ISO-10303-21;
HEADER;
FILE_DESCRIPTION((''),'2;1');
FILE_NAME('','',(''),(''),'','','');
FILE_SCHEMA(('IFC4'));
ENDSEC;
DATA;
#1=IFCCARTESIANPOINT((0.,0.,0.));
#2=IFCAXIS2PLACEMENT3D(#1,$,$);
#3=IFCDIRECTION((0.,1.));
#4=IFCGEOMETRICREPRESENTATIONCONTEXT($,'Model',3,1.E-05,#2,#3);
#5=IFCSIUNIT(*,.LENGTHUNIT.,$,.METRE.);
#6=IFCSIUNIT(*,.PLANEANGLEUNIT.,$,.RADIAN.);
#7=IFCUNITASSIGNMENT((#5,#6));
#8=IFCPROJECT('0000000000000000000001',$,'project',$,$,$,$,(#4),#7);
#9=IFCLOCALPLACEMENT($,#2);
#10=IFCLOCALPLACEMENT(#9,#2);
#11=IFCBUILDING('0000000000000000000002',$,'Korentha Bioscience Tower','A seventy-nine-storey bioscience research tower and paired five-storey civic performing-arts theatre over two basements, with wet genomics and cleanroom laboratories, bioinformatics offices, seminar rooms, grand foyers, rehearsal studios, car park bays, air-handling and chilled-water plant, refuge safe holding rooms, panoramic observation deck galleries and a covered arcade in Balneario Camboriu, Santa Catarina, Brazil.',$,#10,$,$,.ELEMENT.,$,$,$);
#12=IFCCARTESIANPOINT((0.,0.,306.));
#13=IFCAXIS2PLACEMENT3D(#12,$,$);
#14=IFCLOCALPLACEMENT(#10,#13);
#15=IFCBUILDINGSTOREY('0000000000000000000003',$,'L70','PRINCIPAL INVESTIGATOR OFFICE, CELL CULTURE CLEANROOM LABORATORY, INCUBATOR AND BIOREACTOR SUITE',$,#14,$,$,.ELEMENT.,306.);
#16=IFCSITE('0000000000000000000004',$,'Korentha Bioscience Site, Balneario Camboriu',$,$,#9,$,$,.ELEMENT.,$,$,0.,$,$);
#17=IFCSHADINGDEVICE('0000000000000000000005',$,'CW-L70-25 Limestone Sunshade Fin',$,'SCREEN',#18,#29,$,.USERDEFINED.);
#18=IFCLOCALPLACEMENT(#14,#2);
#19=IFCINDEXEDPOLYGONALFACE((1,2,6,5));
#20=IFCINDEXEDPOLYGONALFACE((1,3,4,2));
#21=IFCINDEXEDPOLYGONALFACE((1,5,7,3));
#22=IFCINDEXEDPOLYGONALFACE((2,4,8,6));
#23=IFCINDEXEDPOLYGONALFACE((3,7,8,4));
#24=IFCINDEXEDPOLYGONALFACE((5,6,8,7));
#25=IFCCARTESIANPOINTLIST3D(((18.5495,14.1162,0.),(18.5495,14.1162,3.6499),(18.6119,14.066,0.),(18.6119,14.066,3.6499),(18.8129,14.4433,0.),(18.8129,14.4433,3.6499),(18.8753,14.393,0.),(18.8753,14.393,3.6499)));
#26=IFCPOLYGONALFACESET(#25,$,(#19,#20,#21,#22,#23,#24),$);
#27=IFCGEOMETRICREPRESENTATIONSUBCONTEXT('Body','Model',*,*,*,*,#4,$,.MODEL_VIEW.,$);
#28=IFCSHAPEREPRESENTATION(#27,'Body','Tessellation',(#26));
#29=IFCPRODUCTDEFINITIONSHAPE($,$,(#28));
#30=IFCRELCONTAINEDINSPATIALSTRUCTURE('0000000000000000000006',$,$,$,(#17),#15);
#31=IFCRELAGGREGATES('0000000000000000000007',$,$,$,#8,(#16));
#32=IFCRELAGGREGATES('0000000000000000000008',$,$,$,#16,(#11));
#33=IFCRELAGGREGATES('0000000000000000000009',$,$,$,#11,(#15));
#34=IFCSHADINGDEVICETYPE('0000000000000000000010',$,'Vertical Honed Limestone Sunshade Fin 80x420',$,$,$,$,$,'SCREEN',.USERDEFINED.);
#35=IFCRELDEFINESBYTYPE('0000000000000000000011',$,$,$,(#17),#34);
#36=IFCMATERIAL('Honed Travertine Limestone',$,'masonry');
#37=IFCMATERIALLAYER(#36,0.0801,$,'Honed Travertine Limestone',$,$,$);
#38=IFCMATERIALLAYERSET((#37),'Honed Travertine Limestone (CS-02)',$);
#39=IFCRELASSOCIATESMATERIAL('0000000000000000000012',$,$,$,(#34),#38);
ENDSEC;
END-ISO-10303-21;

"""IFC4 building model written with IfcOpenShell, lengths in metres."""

from ifc_helpers import new_model, si_unit, direction, frame, origin, origin_2d, place, context, subcontext, project, spatial, rectangle, extrude, material, layer, layer_set, type_object, element, save


model = new_model("IFC4")

# Units and contexts
model_context = context("Model", 3, precision=1e-05, world=origin(), true_north=direction((0.0, 1.0)))
body_context = subcontext(model_context, "Body", "Model", "MODEL_VIEW")
ifc_project = project(units=[si_unit("LENGTHUNIT", "METRE"), si_unit("PLANEANGLEUNIT", "RADIAN")], contexts=[model_context])

# Site, building, storey
site_placement = place(None, origin())
site = spatial("IfcSite", under=ifc_project, at=site_placement, Name="Korentha Bioscience Site, Balneario Camboriu", CompositionType="ELEMENT", RefElevation=0.0)
building_placement = place(site_placement, origin())
building = spatial("IfcBuilding", under=site, at=building_placement, Name="Korentha Bioscience Tower", Description="A seventy-nine-storey bioscience research tower and paired five-storey civic performing-arts theatre over two basements, with wet genomics and cleanroom laboratories, bioinformatics offices, seminar rooms, grand foyers, rehearsal studios, car park bays, air-handling and chilled-water plant, refuge safe holding rooms, panoramic observation deck galleries and a covered arcade in Balneario Camboriu, Santa Catarina, Brazil.", CompositionType="ELEMENT")
storey_placement = place(building_placement, frame((0.0, 0.0, 306.0)))
storey = spatial("IfcBuildingStorey", under=building, at=storey_placement, Name="L70", Description="PRINCIPAL INVESTIGATOR OFFICE, CELL CULTURE CLEANROOM LABORATORY, INCUBATOR AND BIOREACTOR SUITE", CompositionType="ELEMENT", Elevation=306.0)

# Shading device
ifc_material_1 = material(Name="Honed Travertine Limestone", Category="masonry")
ifc_layer_1 = layer(ifc_material_1, 0.0801, Name="Honed Travertine Limestone")
ifc_layer_set_1 = layer_set([ifc_layer_1], Name="Honed Travertine Limestone (CS-02)")
shading_device_type_1 = type_object("IfcShadingDeviceType", Name="Vertical Honed Limestone Sunshade Fin 80x420", ElementType="SCREEN", PredefinedType="USERDEFINED", material=ifc_layer_set_1)
shading_device_1_placement = place(storey_placement, frame((18.7124, 14.2546, 0.0), z_axis=(0.0, 0.0, 1.0), x_axis=(0.778807, -0.627264, 0.0)))
element("IfcShadingDevice", 1, at=shading_device_1_placement, inside=storey, type_object=shading_device_type_1, Name="CW-L70-25 Limestone Sunshade Fin", ObjectType="SCREEN", PredefinedType="USERDEFINED", context=body_context, shape_type="SweptSolid", body=[
    extrude(rectangle(XDim=0.0801, YDim=0.4199, at=origin_2d()), origin(), (0.0, 0.0, 1.0), 3.6499),
])

save(model, "model.ifc")
